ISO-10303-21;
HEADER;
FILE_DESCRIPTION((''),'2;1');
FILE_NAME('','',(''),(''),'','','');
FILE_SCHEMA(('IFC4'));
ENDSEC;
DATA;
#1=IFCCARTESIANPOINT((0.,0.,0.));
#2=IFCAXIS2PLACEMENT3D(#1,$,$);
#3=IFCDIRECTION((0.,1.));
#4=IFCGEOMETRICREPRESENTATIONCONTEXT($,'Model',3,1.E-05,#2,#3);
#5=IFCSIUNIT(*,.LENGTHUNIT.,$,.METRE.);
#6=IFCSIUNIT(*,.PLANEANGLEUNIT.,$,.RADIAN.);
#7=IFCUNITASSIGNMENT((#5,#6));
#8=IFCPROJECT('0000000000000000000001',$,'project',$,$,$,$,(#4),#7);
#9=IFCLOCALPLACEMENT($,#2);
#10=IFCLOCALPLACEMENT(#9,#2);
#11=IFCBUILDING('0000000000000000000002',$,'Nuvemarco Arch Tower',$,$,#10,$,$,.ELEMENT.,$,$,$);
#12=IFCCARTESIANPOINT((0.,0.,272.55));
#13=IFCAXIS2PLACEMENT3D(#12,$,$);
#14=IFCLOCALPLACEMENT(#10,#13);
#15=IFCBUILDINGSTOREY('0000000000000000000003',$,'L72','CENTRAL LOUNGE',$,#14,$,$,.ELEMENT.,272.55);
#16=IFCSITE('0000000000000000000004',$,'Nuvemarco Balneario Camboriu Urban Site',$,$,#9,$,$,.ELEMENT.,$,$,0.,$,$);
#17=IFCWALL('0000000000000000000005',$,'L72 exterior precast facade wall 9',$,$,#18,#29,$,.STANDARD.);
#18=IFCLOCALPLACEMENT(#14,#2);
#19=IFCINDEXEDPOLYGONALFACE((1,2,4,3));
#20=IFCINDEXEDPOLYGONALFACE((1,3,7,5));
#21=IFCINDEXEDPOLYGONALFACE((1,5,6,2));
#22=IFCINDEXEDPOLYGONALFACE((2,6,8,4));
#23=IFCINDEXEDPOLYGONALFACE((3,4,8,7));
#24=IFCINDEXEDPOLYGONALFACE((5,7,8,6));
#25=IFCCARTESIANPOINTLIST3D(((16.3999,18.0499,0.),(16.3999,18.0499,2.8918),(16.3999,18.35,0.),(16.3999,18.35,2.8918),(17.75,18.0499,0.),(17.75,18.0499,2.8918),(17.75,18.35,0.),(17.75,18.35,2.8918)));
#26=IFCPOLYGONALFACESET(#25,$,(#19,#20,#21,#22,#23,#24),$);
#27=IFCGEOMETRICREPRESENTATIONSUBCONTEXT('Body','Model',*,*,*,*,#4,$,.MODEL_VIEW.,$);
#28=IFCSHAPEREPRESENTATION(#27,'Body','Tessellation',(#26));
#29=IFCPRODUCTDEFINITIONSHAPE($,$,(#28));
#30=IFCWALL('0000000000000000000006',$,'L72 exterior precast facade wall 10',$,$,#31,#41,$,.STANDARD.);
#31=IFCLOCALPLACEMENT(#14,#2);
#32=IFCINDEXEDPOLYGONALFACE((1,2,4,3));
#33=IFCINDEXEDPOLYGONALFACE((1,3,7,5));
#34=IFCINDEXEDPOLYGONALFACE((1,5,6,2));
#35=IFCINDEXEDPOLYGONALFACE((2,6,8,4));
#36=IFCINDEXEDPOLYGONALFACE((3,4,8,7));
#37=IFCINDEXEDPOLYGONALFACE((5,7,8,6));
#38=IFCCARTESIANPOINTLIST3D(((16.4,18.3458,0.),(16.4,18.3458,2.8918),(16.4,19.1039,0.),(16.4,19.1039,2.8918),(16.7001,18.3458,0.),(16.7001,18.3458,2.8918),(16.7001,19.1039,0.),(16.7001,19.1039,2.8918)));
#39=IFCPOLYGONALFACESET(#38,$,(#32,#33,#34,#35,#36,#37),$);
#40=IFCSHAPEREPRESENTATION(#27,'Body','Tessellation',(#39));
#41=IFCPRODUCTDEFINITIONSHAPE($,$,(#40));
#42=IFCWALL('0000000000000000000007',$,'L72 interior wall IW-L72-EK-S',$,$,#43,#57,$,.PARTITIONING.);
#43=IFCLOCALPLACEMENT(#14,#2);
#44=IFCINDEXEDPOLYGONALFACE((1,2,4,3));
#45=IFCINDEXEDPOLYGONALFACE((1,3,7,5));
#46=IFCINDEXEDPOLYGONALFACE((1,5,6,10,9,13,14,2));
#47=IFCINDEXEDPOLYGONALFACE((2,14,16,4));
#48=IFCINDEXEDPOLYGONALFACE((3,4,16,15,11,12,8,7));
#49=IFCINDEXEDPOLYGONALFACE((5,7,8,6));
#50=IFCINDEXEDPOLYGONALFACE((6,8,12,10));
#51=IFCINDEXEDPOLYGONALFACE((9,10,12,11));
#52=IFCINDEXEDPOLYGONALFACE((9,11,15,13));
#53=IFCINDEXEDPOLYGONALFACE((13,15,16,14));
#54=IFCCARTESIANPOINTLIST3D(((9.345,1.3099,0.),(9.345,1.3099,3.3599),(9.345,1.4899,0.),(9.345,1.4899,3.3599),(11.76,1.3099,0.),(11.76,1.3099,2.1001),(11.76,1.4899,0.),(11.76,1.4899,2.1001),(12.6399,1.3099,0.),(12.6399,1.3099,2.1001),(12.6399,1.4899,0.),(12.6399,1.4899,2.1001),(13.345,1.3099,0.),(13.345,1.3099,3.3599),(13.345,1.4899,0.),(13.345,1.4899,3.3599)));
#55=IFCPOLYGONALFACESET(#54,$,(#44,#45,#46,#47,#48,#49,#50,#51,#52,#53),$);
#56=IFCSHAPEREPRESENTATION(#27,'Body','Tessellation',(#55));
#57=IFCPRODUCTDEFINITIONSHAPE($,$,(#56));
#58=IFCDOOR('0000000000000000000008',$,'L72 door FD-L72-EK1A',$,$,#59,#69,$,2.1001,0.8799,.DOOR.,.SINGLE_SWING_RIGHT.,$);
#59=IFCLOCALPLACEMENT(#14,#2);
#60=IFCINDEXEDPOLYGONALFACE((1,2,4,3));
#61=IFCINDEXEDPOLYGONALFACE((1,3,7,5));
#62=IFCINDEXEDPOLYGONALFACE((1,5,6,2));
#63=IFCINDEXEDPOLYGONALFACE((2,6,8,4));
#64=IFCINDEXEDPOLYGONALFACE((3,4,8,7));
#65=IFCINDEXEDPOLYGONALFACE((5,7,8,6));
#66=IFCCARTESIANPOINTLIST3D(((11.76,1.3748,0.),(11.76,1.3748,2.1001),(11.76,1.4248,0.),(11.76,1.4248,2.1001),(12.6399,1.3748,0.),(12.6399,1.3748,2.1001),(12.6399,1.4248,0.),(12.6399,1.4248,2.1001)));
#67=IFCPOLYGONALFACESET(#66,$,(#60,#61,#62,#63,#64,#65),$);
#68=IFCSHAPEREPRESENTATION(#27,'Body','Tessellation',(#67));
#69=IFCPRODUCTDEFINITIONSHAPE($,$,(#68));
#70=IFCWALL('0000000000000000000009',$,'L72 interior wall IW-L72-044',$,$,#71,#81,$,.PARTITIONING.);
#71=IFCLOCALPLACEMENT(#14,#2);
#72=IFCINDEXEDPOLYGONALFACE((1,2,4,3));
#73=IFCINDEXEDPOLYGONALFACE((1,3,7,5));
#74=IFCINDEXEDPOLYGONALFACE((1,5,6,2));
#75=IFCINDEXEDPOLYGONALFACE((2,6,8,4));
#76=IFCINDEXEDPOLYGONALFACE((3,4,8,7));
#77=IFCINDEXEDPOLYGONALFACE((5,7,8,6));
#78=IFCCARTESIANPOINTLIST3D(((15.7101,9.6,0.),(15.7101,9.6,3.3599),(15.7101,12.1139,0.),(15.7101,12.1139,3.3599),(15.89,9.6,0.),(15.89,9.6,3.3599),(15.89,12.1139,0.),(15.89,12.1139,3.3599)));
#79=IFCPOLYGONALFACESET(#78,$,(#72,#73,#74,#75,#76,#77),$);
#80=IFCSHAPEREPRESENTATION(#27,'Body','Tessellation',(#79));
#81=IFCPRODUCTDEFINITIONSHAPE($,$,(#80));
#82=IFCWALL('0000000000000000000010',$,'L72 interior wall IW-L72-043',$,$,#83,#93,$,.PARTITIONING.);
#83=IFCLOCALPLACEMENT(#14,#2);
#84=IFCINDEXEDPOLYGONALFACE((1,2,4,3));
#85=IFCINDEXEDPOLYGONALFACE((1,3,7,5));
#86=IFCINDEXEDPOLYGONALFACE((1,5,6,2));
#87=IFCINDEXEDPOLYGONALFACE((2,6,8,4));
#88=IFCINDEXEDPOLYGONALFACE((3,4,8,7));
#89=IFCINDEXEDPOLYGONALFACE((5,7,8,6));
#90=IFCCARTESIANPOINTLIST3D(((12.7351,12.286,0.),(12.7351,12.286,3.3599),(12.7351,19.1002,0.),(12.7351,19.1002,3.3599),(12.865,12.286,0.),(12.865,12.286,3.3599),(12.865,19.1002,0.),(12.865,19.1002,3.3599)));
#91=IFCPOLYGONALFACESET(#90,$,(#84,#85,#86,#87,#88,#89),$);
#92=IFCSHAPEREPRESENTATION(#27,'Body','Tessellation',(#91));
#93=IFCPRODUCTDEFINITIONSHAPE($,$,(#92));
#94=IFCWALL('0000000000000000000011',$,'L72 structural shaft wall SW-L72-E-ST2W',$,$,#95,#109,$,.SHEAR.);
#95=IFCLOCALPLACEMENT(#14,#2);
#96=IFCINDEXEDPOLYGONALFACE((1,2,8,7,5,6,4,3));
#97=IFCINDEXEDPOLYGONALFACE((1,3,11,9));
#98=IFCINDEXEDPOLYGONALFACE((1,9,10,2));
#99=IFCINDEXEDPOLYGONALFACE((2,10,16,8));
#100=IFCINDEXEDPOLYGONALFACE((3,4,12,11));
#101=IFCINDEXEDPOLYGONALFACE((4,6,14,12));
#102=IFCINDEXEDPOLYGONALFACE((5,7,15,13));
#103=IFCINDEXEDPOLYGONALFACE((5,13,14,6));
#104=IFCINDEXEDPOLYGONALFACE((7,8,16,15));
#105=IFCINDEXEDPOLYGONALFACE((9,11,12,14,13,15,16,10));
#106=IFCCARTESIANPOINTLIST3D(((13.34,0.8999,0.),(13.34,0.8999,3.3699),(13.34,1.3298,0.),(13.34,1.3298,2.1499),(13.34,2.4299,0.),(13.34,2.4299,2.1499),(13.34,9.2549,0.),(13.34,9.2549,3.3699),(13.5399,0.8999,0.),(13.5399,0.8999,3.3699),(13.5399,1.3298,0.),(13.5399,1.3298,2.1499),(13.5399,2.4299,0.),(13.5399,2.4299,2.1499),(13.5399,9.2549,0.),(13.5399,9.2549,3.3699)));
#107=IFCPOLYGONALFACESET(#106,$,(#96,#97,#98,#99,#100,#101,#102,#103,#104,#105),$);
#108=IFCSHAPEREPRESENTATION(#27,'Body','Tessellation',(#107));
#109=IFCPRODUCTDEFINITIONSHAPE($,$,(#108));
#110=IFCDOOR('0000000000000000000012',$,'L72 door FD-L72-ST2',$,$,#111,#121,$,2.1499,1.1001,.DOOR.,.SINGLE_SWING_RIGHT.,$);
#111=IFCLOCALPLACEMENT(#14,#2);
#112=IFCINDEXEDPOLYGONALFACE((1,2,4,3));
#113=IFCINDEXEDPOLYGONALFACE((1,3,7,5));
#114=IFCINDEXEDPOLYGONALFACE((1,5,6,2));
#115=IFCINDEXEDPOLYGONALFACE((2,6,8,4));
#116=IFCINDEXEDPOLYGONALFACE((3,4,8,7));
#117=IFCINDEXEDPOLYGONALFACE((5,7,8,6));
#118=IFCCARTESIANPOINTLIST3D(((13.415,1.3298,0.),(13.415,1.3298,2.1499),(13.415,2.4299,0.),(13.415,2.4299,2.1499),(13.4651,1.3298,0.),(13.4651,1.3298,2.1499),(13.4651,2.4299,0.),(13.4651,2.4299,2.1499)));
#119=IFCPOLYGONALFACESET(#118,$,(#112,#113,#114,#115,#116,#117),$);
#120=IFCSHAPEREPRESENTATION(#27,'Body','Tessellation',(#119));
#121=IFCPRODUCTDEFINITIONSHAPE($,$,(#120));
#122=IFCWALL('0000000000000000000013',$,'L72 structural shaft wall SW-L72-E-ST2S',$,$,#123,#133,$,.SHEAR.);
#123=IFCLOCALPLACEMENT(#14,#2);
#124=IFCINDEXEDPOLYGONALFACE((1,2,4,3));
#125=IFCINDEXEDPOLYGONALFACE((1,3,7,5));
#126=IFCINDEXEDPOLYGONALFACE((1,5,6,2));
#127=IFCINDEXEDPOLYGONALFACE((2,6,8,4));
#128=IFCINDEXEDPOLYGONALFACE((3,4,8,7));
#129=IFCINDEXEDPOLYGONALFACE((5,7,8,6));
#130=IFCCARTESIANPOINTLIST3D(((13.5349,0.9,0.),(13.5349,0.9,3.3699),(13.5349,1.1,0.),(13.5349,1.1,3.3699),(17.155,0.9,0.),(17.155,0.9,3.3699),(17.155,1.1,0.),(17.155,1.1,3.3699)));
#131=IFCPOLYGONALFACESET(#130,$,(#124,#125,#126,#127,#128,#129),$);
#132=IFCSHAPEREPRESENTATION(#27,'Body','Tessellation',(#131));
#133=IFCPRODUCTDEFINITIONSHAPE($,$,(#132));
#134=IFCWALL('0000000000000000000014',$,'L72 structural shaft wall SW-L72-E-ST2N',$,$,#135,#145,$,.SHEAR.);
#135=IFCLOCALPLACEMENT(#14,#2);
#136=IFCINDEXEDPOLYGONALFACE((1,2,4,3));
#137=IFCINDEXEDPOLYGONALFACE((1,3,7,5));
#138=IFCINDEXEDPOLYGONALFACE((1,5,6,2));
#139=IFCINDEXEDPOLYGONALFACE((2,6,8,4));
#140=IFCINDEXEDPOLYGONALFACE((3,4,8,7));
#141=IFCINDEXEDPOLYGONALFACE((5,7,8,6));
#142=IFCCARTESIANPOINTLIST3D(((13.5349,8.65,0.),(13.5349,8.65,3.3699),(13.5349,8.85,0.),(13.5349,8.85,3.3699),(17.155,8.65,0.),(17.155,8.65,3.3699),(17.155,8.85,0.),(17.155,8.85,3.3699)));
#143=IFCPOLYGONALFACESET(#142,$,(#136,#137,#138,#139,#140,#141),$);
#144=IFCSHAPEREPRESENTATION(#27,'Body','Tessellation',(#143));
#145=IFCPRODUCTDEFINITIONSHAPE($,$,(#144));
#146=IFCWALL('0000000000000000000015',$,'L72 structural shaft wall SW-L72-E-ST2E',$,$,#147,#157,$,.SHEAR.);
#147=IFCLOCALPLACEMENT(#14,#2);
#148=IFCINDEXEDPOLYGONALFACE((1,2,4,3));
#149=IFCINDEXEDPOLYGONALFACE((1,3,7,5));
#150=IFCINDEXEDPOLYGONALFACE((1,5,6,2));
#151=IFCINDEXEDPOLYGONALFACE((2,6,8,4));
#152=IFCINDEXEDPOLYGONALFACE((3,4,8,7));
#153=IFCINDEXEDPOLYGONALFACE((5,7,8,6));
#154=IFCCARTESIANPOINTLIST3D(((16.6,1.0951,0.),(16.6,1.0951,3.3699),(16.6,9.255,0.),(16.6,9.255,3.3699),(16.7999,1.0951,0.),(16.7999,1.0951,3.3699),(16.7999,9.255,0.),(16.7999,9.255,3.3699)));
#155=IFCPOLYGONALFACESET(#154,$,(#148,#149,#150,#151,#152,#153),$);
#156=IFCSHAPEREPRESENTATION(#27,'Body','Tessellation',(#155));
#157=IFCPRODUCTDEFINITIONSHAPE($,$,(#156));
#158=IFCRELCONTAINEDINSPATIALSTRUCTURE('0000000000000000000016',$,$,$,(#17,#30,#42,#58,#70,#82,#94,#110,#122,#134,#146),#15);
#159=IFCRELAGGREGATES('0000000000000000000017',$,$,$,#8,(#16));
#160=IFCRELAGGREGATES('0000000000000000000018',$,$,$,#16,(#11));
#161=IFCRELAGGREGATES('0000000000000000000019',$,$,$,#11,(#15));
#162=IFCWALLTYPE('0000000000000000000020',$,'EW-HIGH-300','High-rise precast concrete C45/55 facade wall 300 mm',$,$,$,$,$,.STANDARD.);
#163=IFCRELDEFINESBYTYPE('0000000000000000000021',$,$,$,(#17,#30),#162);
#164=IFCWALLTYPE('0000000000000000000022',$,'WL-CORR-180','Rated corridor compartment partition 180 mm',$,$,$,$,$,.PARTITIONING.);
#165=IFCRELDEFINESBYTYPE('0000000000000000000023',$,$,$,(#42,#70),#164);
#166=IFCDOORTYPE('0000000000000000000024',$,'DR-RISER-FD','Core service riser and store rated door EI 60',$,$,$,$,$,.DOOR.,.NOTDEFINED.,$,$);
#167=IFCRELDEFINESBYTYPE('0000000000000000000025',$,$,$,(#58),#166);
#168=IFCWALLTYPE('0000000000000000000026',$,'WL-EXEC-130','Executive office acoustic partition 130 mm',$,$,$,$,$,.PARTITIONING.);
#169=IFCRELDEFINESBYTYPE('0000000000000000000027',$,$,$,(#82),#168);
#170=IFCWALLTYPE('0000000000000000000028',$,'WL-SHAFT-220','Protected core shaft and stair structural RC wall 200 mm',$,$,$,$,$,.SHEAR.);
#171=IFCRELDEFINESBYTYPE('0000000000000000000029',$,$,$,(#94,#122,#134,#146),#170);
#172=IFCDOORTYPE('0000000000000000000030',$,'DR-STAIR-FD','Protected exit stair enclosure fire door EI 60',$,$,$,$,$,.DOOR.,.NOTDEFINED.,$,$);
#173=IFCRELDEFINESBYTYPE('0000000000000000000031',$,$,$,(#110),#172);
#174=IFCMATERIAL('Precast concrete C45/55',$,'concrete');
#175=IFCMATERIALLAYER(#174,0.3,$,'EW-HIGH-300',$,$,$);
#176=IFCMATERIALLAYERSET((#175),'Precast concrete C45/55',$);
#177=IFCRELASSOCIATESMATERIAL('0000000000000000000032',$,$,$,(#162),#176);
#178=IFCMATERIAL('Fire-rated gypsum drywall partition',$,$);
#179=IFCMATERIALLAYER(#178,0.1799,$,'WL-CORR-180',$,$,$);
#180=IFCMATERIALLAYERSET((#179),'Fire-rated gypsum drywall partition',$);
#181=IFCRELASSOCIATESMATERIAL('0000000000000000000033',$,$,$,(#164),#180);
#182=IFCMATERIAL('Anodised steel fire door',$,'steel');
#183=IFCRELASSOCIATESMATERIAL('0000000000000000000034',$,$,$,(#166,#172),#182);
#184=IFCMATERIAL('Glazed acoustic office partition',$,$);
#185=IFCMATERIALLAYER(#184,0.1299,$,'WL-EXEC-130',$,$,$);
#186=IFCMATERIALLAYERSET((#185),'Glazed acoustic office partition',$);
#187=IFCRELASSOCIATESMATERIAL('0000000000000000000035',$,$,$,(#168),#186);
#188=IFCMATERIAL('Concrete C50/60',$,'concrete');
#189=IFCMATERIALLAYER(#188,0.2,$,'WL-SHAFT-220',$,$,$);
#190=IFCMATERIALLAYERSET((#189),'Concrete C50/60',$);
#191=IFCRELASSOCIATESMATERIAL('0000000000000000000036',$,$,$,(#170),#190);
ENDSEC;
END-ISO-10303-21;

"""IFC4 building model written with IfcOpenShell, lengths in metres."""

from ifc_helpers import new_model, si_unit, direction, frame, frame_2d, origin, place, context, subcontext, project, spatial, rectangle, extrude, source, transform, mapped, material, layer, layer_set, type_object, type_shapes, element, fill, save


model = new_model("IFC4")

# Units and contexts
model_context = context("Model", 3, precision=1e-05, world=origin(), true_north=direction((0.0, 1.0)))
body_context = subcontext(model_context, "Body", "Model", "MODEL_VIEW")
ifc_project = project(units=[si_unit("LENGTHUNIT", "METRE"), si_unit("PLANEANGLEUNIT", "RADIAN")], contexts=[model_context])

# Site, building, storey
site_placement = place(None, origin())
site = spatial("IfcSite", under=ifc_project, at=site_placement, Name="Nuvemarco Balneario Camboriu Urban Site", CompositionType="ELEMENT", RefElevation=0.0)
building_placement = place(site_placement, origin())
building = spatial("IfcBuilding", under=site, at=building_placement, Name="Nuvemarco Arch Tower", CompositionType="ELEMENT")
storey_placement = place(building_placement, frame((0.0, 0.0, 272.55)))
storey = spatial("IfcBuildingStorey", under=building, at=storey_placement, Name="L72", Description="CENTRAL LOUNGE", CompositionType="ELEMENT", Elevation=272.55)

# Shared definitions
ifc_material_1 = material(Name="Concrete C50/60", Category="concrete")

# Shared definitions
ifc_material_2 = material(Name="Precast concrete C45/55", Category="concrete")

# Walls
ifc_layer_1 = layer(ifc_material_2, 0.3, Name="EW-HIGH-300")
ifc_layer_set_1 = layer_set([ifc_layer_1], Name="Precast concrete C45/55")
wall_type_1 = type_object("IfcWallType", Name="EW-HIGH-300", Description="High-rise precast concrete C45/55 facade wall 300 mm", PredefinedType="STANDARD", material=ifc_layer_set_1)
wall_1_placement = place(storey_placement, frame((16.3999, 18.2, 0.0), z_axis=(0.0, 0.0, 1.0), x_axis=(1.0, 0.0, 0.0)))
element("IfcWall", 1, at=wall_1_placement, inside=storey, type_object=wall_type_1, Name="L72 exterior precast facade wall 9", PredefinedType="STANDARD", context=body_context, shape_type="SweptSolid", body=[
    extrude(rectangle(XDim=1.3501, YDim=0.3, at=frame_2d((0.675, 0.0))), origin(), (0.0, 0.0, 1.0), 2.8918),
])
wall_2_placement = place(storey_placement, frame((16.55, 18.3459, 0.0), z_axis=(0.0, 0.0, 1.0), x_axis=(0.0, 1.0, 0.0)))
element("IfcWall", 2, at=wall_2_placement, inside=storey, type_object=wall_type_1, Name="L72 exterior precast facade wall 10", PredefinedType="STANDARD", context=body_context, shape_type="SweptSolid", body=[
    extrude(rectangle(XDim=0.7581, YDim=0.3, at=frame_2d((0.3789, 0.0))), origin(), (0.0, 0.0, 1.0), 2.8918),
])

# Wall, opening, door
ifc_material_3 = material(Name="Fire-rated gypsum drywall partition")
ifc_layer_2 = layer(ifc_material_3, 0.1799, Name="WL-CORR-180")
ifc_layer_set_2 = layer_set([ifc_layer_2], Name="Fire-rated gypsum drywall partition")
wall_type_2 = type_object("IfcWallType", Name="WL-CORR-180", Description="Rated corridor compartment partition 180 mm", PredefinedType="PARTITIONING", material=ifc_layer_set_2)
wall_3_placement = place(storey_placement, frame((9.345, 1.3999, 0.0), z_axis=(0.0, 0.0, 1.0), x_axis=(1.0, 0.0, 0.0)))
wall_3 = element("IfcWall", 3, at=wall_3_placement, inside=storey, type_object=wall_type_2, Name="L72 interior wall IW-L72-EK-S", PredefinedType="PARTITIONING", context=body_context, shape_type="SweptSolid", body=[
    extrude(rectangle(XDim=4.0, YDim=0.1799, at=frame_2d((2.0, 0.0))), origin(), (0.0, 0.0, 1.0), 3.3599),
])
opening_1_placement = place(wall_3_placement, frame((2.415, 0.0, 0.0)))
opening_1 = element("IfcOpeningElement", 4, at=opening_1_placement, cuts=wall_3, PredefinedType="OPENING", context=body_context, shape_type="SweptSolid", body=[
    extrude(rectangle(XDim=0.8799, YDim=2.1001, at=frame_2d((0.4399, 1.05))), frame((0.0, 0.0999, 0.0), z_axis=(0.0, -1.0, 0.0), x_axis=(1.0, 0.0, 0.0)), (0.0, 0.0, 1.0), 0.2),
])
ifc_material_4 = material(Name="Anodised steel fire door", Category="steel")
door_type_1 = type_object("IfcDoorType", Name="DR-RISER-FD", Description="Core service riser and store rated door EI 60", OperationType="NOTDEFINED", PredefinedType="DOOR", material=ifc_material_4)
shared_shape_1 = source(origin(), body_context, "Body", "SweptSolid", [
    extrude(rectangle(XDim=0.8799, YDim=2.1001, at=frame_2d((0.4399, 1.05))), frame((0.0, 0.0249, 0.0), z_axis=(0.0, -1.0, 0.0), x_axis=(1.0, 0.0, 0.0)), (0.0, 0.0, 1.0), 0.05),
])
type_shapes(door_type_1, [shared_shape_1])
door_1_placement = place(opening_1_placement, origin())
door_1 = element("IfcDoor", 5, at=door_1_placement, inside=storey, type_object=door_type_1, Name="L72 door FD-L72-EK1A", OperationType="SINGLE_SWING_RIGHT", OverallHeight=2.1001, OverallWidth=0.8799, PredefinedType="DOOR", context=body_context, shape_type="MappedRepresentation", body=[
    mapped(shared_shape_1, transform((0.0, 0.0, 0.0), scale=1.0)),
])
fill(opening_1, door_1)

# Walls
wall_4_placement = place(storey_placement, frame((15.8, 9.6001, 0.0), z_axis=(0.0, 0.0, 1.0), x_axis=(0.0, 1.0, 0.0)))
element("IfcWall", 6, at=wall_4_placement, inside=storey, type_object=wall_type_2, Name="L72 interior wall IW-L72-044", PredefinedType="PARTITIONING", context=body_context, shape_type="SweptSolid", body=[
    extrude(rectangle(XDim=2.5139, YDim=0.1799, at=frame_2d((1.2568, 0.0))), origin(), (0.0, 0.0, 1.0), 3.3599),
])
ifc_material_5 = material(Name="Glazed acoustic office partition")
ifc_layer_3 = layer(ifc_material_5, 0.1299, Name="WL-EXEC-130")
ifc_layer_set_3 = layer_set([ifc_layer_3], Name="Glazed acoustic office partition")
wall_type_3 = type_object("IfcWallType", Name="WL-EXEC-130", Description="Executive office acoustic partition 130 mm", PredefinedType="PARTITIONING", material=ifc_layer_set_3)
wall_5_placement = place(storey_placement, frame((12.8, 12.2859, 0.0), z_axis=(0.0, 0.0, 1.0), x_axis=(0.0, 1.0, 0.0)))
element("IfcWall", 7, at=wall_5_placement, inside=storey, type_object=wall_type_3, Name="L72 interior wall IW-L72-043", PredefinedType="PARTITIONING", context=body_context, shape_type="SweptSolid", body=[
    extrude(rectangle(XDim=6.8142, YDim=0.1299, at=frame_2d((3.4072, 0.0))), origin(), (0.0, 0.0, 1.0), 3.3599),
])

# Wall, opening, door
ifc_layer_4 = layer(ifc_material_1, 0.2, Name="WL-SHAFT-220")
ifc_layer_set_4 = layer_set([ifc_layer_4], Name="Concrete C50/60")
wall_type_4 = type_object("IfcWallType", Name="WL-SHAFT-220", Description="Protected core shaft and stair structural RC wall 200 mm", PredefinedType="SHEAR", material=ifc_layer_set_4)
wall_6_placement = place(storey_placement, frame((13.4399, 0.8999, 0.0), z_axis=(0.0, 0.0, 1.0), x_axis=(0.0, 1.0, 0.0)))
wall_6 = element("IfcWall", 8, at=wall_6_placement, inside=storey, type_object=wall_type_4, Name="L72 structural shaft wall SW-L72-E-ST2W", PredefinedType="SHEAR", context=body_context, shape_type="SweptSolid", body=[
    extrude(rectangle(XDim=8.355, YDim=0.2, at=frame_2d((4.1775, 0.0))), origin(), (0.0, 0.0, 1.0), 3.3699),
])
opening_2_placement = place(wall_6_placement, frame((0.4299, 0.0, 0.0)))
opening_2 = element("IfcOpeningElement", 9, at=opening_2_placement, cuts=wall_6, PredefinedType="OPENING", context=body_context, shape_type="SweptSolid", body=[
    extrude(rectangle(XDim=1.1001, YDim=2.1499, at=frame_2d((0.55, 1.075))), frame((0.0, 0.1099, 0.0), z_axis=(0.0, -1.0, 0.0), x_axis=(1.0, 0.0, 0.0)), (0.0, 0.0, 1.0), 0.22),
])
door_type_2 = type_object("IfcDoorType", Name="DR-STAIR-FD", Description="Protected exit stair enclosure fire door EI 60", OperationType="NOTDEFINED", PredefinedType="DOOR", material=ifc_material_4)
shared_shape_2 = source(origin(), body_context, "Body", "SweptSolid", [
    extrude(rectangle(XDim=1.1001, YDim=2.1499, at=frame_2d((0.55, 1.075))), frame((0.0, 0.0249, 0.0), z_axis=(0.0, -1.0, 0.0), x_axis=(1.0, 0.0, 0.0)), (0.0, 0.0, 1.0), 0.05),
])
type_shapes(door_type_2, [shared_shape_2])
door_2_placement = place(opening_2_placement, origin())
door_2 = element("IfcDoor", 10, at=door_2_placement, inside=storey, type_object=door_type_2, Name="L72 door FD-L72-ST2", OperationType="SINGLE_SWING_RIGHT", OverallHeight=2.1499, OverallWidth=1.1001, PredefinedType="DOOR", context=body_context, shape_type="MappedRepresentation", body=[
    mapped(shared_shape_2, transform((0.0, 0.0, 0.0), scale=1.0)),
])
fill(opening_2, door_2)

# Walls
for number, where, z_axis, x_axis, name in (
    (11, (13.5349, 1.0, 0.0), (0.0, 0.0, 1.0), (1.0, 0.0, 0.0), "L72 structural shaft wall SW-L72-E-ST2S"),
    (12, (13.5349, 8.75, 0.0), (0.0, 0.0, 1.0), (1.0, 0.0, 0.0), "L72 structural shaft wall SW-L72-E-ST2N"),
):
    element("IfcWall", number, at=place(storey_placement, frame(where, z_axis=z_axis, x_axis=x_axis)), inside=storey, type_object=wall_type_4, Name=name, PredefinedType="SHEAR", context=body_context, shape_type="SweptSolid", body=[
        extrude(rectangle(XDim=3.6201, YDim=0.2, at=frame_2d((1.8101, 0.0))), origin(), (0.0, 0.0, 1.0), 3.3699),
    ])
wall_7_placement = place(storey_placement, frame((16.7, 1.095, 0.0), z_axis=(0.0, 0.0, 1.0), x_axis=(0.0, 1.0, 0.0)))
element("IfcWall", 13, at=wall_7_placement, inside=storey, type_object=wall_type_4, Name="L72 structural shaft wall SW-L72-E-ST2E", PredefinedType="SHEAR", context=body_context, shape_type="SweptSolid", body=[
    extrude(rectangle(XDim=8.1599, YDim=0.2, at=frame_2d((4.0801, 0.0))), origin(), (0.0, 0.0, 1.0), 3.3699),
])

save(model, "model.ifc")
